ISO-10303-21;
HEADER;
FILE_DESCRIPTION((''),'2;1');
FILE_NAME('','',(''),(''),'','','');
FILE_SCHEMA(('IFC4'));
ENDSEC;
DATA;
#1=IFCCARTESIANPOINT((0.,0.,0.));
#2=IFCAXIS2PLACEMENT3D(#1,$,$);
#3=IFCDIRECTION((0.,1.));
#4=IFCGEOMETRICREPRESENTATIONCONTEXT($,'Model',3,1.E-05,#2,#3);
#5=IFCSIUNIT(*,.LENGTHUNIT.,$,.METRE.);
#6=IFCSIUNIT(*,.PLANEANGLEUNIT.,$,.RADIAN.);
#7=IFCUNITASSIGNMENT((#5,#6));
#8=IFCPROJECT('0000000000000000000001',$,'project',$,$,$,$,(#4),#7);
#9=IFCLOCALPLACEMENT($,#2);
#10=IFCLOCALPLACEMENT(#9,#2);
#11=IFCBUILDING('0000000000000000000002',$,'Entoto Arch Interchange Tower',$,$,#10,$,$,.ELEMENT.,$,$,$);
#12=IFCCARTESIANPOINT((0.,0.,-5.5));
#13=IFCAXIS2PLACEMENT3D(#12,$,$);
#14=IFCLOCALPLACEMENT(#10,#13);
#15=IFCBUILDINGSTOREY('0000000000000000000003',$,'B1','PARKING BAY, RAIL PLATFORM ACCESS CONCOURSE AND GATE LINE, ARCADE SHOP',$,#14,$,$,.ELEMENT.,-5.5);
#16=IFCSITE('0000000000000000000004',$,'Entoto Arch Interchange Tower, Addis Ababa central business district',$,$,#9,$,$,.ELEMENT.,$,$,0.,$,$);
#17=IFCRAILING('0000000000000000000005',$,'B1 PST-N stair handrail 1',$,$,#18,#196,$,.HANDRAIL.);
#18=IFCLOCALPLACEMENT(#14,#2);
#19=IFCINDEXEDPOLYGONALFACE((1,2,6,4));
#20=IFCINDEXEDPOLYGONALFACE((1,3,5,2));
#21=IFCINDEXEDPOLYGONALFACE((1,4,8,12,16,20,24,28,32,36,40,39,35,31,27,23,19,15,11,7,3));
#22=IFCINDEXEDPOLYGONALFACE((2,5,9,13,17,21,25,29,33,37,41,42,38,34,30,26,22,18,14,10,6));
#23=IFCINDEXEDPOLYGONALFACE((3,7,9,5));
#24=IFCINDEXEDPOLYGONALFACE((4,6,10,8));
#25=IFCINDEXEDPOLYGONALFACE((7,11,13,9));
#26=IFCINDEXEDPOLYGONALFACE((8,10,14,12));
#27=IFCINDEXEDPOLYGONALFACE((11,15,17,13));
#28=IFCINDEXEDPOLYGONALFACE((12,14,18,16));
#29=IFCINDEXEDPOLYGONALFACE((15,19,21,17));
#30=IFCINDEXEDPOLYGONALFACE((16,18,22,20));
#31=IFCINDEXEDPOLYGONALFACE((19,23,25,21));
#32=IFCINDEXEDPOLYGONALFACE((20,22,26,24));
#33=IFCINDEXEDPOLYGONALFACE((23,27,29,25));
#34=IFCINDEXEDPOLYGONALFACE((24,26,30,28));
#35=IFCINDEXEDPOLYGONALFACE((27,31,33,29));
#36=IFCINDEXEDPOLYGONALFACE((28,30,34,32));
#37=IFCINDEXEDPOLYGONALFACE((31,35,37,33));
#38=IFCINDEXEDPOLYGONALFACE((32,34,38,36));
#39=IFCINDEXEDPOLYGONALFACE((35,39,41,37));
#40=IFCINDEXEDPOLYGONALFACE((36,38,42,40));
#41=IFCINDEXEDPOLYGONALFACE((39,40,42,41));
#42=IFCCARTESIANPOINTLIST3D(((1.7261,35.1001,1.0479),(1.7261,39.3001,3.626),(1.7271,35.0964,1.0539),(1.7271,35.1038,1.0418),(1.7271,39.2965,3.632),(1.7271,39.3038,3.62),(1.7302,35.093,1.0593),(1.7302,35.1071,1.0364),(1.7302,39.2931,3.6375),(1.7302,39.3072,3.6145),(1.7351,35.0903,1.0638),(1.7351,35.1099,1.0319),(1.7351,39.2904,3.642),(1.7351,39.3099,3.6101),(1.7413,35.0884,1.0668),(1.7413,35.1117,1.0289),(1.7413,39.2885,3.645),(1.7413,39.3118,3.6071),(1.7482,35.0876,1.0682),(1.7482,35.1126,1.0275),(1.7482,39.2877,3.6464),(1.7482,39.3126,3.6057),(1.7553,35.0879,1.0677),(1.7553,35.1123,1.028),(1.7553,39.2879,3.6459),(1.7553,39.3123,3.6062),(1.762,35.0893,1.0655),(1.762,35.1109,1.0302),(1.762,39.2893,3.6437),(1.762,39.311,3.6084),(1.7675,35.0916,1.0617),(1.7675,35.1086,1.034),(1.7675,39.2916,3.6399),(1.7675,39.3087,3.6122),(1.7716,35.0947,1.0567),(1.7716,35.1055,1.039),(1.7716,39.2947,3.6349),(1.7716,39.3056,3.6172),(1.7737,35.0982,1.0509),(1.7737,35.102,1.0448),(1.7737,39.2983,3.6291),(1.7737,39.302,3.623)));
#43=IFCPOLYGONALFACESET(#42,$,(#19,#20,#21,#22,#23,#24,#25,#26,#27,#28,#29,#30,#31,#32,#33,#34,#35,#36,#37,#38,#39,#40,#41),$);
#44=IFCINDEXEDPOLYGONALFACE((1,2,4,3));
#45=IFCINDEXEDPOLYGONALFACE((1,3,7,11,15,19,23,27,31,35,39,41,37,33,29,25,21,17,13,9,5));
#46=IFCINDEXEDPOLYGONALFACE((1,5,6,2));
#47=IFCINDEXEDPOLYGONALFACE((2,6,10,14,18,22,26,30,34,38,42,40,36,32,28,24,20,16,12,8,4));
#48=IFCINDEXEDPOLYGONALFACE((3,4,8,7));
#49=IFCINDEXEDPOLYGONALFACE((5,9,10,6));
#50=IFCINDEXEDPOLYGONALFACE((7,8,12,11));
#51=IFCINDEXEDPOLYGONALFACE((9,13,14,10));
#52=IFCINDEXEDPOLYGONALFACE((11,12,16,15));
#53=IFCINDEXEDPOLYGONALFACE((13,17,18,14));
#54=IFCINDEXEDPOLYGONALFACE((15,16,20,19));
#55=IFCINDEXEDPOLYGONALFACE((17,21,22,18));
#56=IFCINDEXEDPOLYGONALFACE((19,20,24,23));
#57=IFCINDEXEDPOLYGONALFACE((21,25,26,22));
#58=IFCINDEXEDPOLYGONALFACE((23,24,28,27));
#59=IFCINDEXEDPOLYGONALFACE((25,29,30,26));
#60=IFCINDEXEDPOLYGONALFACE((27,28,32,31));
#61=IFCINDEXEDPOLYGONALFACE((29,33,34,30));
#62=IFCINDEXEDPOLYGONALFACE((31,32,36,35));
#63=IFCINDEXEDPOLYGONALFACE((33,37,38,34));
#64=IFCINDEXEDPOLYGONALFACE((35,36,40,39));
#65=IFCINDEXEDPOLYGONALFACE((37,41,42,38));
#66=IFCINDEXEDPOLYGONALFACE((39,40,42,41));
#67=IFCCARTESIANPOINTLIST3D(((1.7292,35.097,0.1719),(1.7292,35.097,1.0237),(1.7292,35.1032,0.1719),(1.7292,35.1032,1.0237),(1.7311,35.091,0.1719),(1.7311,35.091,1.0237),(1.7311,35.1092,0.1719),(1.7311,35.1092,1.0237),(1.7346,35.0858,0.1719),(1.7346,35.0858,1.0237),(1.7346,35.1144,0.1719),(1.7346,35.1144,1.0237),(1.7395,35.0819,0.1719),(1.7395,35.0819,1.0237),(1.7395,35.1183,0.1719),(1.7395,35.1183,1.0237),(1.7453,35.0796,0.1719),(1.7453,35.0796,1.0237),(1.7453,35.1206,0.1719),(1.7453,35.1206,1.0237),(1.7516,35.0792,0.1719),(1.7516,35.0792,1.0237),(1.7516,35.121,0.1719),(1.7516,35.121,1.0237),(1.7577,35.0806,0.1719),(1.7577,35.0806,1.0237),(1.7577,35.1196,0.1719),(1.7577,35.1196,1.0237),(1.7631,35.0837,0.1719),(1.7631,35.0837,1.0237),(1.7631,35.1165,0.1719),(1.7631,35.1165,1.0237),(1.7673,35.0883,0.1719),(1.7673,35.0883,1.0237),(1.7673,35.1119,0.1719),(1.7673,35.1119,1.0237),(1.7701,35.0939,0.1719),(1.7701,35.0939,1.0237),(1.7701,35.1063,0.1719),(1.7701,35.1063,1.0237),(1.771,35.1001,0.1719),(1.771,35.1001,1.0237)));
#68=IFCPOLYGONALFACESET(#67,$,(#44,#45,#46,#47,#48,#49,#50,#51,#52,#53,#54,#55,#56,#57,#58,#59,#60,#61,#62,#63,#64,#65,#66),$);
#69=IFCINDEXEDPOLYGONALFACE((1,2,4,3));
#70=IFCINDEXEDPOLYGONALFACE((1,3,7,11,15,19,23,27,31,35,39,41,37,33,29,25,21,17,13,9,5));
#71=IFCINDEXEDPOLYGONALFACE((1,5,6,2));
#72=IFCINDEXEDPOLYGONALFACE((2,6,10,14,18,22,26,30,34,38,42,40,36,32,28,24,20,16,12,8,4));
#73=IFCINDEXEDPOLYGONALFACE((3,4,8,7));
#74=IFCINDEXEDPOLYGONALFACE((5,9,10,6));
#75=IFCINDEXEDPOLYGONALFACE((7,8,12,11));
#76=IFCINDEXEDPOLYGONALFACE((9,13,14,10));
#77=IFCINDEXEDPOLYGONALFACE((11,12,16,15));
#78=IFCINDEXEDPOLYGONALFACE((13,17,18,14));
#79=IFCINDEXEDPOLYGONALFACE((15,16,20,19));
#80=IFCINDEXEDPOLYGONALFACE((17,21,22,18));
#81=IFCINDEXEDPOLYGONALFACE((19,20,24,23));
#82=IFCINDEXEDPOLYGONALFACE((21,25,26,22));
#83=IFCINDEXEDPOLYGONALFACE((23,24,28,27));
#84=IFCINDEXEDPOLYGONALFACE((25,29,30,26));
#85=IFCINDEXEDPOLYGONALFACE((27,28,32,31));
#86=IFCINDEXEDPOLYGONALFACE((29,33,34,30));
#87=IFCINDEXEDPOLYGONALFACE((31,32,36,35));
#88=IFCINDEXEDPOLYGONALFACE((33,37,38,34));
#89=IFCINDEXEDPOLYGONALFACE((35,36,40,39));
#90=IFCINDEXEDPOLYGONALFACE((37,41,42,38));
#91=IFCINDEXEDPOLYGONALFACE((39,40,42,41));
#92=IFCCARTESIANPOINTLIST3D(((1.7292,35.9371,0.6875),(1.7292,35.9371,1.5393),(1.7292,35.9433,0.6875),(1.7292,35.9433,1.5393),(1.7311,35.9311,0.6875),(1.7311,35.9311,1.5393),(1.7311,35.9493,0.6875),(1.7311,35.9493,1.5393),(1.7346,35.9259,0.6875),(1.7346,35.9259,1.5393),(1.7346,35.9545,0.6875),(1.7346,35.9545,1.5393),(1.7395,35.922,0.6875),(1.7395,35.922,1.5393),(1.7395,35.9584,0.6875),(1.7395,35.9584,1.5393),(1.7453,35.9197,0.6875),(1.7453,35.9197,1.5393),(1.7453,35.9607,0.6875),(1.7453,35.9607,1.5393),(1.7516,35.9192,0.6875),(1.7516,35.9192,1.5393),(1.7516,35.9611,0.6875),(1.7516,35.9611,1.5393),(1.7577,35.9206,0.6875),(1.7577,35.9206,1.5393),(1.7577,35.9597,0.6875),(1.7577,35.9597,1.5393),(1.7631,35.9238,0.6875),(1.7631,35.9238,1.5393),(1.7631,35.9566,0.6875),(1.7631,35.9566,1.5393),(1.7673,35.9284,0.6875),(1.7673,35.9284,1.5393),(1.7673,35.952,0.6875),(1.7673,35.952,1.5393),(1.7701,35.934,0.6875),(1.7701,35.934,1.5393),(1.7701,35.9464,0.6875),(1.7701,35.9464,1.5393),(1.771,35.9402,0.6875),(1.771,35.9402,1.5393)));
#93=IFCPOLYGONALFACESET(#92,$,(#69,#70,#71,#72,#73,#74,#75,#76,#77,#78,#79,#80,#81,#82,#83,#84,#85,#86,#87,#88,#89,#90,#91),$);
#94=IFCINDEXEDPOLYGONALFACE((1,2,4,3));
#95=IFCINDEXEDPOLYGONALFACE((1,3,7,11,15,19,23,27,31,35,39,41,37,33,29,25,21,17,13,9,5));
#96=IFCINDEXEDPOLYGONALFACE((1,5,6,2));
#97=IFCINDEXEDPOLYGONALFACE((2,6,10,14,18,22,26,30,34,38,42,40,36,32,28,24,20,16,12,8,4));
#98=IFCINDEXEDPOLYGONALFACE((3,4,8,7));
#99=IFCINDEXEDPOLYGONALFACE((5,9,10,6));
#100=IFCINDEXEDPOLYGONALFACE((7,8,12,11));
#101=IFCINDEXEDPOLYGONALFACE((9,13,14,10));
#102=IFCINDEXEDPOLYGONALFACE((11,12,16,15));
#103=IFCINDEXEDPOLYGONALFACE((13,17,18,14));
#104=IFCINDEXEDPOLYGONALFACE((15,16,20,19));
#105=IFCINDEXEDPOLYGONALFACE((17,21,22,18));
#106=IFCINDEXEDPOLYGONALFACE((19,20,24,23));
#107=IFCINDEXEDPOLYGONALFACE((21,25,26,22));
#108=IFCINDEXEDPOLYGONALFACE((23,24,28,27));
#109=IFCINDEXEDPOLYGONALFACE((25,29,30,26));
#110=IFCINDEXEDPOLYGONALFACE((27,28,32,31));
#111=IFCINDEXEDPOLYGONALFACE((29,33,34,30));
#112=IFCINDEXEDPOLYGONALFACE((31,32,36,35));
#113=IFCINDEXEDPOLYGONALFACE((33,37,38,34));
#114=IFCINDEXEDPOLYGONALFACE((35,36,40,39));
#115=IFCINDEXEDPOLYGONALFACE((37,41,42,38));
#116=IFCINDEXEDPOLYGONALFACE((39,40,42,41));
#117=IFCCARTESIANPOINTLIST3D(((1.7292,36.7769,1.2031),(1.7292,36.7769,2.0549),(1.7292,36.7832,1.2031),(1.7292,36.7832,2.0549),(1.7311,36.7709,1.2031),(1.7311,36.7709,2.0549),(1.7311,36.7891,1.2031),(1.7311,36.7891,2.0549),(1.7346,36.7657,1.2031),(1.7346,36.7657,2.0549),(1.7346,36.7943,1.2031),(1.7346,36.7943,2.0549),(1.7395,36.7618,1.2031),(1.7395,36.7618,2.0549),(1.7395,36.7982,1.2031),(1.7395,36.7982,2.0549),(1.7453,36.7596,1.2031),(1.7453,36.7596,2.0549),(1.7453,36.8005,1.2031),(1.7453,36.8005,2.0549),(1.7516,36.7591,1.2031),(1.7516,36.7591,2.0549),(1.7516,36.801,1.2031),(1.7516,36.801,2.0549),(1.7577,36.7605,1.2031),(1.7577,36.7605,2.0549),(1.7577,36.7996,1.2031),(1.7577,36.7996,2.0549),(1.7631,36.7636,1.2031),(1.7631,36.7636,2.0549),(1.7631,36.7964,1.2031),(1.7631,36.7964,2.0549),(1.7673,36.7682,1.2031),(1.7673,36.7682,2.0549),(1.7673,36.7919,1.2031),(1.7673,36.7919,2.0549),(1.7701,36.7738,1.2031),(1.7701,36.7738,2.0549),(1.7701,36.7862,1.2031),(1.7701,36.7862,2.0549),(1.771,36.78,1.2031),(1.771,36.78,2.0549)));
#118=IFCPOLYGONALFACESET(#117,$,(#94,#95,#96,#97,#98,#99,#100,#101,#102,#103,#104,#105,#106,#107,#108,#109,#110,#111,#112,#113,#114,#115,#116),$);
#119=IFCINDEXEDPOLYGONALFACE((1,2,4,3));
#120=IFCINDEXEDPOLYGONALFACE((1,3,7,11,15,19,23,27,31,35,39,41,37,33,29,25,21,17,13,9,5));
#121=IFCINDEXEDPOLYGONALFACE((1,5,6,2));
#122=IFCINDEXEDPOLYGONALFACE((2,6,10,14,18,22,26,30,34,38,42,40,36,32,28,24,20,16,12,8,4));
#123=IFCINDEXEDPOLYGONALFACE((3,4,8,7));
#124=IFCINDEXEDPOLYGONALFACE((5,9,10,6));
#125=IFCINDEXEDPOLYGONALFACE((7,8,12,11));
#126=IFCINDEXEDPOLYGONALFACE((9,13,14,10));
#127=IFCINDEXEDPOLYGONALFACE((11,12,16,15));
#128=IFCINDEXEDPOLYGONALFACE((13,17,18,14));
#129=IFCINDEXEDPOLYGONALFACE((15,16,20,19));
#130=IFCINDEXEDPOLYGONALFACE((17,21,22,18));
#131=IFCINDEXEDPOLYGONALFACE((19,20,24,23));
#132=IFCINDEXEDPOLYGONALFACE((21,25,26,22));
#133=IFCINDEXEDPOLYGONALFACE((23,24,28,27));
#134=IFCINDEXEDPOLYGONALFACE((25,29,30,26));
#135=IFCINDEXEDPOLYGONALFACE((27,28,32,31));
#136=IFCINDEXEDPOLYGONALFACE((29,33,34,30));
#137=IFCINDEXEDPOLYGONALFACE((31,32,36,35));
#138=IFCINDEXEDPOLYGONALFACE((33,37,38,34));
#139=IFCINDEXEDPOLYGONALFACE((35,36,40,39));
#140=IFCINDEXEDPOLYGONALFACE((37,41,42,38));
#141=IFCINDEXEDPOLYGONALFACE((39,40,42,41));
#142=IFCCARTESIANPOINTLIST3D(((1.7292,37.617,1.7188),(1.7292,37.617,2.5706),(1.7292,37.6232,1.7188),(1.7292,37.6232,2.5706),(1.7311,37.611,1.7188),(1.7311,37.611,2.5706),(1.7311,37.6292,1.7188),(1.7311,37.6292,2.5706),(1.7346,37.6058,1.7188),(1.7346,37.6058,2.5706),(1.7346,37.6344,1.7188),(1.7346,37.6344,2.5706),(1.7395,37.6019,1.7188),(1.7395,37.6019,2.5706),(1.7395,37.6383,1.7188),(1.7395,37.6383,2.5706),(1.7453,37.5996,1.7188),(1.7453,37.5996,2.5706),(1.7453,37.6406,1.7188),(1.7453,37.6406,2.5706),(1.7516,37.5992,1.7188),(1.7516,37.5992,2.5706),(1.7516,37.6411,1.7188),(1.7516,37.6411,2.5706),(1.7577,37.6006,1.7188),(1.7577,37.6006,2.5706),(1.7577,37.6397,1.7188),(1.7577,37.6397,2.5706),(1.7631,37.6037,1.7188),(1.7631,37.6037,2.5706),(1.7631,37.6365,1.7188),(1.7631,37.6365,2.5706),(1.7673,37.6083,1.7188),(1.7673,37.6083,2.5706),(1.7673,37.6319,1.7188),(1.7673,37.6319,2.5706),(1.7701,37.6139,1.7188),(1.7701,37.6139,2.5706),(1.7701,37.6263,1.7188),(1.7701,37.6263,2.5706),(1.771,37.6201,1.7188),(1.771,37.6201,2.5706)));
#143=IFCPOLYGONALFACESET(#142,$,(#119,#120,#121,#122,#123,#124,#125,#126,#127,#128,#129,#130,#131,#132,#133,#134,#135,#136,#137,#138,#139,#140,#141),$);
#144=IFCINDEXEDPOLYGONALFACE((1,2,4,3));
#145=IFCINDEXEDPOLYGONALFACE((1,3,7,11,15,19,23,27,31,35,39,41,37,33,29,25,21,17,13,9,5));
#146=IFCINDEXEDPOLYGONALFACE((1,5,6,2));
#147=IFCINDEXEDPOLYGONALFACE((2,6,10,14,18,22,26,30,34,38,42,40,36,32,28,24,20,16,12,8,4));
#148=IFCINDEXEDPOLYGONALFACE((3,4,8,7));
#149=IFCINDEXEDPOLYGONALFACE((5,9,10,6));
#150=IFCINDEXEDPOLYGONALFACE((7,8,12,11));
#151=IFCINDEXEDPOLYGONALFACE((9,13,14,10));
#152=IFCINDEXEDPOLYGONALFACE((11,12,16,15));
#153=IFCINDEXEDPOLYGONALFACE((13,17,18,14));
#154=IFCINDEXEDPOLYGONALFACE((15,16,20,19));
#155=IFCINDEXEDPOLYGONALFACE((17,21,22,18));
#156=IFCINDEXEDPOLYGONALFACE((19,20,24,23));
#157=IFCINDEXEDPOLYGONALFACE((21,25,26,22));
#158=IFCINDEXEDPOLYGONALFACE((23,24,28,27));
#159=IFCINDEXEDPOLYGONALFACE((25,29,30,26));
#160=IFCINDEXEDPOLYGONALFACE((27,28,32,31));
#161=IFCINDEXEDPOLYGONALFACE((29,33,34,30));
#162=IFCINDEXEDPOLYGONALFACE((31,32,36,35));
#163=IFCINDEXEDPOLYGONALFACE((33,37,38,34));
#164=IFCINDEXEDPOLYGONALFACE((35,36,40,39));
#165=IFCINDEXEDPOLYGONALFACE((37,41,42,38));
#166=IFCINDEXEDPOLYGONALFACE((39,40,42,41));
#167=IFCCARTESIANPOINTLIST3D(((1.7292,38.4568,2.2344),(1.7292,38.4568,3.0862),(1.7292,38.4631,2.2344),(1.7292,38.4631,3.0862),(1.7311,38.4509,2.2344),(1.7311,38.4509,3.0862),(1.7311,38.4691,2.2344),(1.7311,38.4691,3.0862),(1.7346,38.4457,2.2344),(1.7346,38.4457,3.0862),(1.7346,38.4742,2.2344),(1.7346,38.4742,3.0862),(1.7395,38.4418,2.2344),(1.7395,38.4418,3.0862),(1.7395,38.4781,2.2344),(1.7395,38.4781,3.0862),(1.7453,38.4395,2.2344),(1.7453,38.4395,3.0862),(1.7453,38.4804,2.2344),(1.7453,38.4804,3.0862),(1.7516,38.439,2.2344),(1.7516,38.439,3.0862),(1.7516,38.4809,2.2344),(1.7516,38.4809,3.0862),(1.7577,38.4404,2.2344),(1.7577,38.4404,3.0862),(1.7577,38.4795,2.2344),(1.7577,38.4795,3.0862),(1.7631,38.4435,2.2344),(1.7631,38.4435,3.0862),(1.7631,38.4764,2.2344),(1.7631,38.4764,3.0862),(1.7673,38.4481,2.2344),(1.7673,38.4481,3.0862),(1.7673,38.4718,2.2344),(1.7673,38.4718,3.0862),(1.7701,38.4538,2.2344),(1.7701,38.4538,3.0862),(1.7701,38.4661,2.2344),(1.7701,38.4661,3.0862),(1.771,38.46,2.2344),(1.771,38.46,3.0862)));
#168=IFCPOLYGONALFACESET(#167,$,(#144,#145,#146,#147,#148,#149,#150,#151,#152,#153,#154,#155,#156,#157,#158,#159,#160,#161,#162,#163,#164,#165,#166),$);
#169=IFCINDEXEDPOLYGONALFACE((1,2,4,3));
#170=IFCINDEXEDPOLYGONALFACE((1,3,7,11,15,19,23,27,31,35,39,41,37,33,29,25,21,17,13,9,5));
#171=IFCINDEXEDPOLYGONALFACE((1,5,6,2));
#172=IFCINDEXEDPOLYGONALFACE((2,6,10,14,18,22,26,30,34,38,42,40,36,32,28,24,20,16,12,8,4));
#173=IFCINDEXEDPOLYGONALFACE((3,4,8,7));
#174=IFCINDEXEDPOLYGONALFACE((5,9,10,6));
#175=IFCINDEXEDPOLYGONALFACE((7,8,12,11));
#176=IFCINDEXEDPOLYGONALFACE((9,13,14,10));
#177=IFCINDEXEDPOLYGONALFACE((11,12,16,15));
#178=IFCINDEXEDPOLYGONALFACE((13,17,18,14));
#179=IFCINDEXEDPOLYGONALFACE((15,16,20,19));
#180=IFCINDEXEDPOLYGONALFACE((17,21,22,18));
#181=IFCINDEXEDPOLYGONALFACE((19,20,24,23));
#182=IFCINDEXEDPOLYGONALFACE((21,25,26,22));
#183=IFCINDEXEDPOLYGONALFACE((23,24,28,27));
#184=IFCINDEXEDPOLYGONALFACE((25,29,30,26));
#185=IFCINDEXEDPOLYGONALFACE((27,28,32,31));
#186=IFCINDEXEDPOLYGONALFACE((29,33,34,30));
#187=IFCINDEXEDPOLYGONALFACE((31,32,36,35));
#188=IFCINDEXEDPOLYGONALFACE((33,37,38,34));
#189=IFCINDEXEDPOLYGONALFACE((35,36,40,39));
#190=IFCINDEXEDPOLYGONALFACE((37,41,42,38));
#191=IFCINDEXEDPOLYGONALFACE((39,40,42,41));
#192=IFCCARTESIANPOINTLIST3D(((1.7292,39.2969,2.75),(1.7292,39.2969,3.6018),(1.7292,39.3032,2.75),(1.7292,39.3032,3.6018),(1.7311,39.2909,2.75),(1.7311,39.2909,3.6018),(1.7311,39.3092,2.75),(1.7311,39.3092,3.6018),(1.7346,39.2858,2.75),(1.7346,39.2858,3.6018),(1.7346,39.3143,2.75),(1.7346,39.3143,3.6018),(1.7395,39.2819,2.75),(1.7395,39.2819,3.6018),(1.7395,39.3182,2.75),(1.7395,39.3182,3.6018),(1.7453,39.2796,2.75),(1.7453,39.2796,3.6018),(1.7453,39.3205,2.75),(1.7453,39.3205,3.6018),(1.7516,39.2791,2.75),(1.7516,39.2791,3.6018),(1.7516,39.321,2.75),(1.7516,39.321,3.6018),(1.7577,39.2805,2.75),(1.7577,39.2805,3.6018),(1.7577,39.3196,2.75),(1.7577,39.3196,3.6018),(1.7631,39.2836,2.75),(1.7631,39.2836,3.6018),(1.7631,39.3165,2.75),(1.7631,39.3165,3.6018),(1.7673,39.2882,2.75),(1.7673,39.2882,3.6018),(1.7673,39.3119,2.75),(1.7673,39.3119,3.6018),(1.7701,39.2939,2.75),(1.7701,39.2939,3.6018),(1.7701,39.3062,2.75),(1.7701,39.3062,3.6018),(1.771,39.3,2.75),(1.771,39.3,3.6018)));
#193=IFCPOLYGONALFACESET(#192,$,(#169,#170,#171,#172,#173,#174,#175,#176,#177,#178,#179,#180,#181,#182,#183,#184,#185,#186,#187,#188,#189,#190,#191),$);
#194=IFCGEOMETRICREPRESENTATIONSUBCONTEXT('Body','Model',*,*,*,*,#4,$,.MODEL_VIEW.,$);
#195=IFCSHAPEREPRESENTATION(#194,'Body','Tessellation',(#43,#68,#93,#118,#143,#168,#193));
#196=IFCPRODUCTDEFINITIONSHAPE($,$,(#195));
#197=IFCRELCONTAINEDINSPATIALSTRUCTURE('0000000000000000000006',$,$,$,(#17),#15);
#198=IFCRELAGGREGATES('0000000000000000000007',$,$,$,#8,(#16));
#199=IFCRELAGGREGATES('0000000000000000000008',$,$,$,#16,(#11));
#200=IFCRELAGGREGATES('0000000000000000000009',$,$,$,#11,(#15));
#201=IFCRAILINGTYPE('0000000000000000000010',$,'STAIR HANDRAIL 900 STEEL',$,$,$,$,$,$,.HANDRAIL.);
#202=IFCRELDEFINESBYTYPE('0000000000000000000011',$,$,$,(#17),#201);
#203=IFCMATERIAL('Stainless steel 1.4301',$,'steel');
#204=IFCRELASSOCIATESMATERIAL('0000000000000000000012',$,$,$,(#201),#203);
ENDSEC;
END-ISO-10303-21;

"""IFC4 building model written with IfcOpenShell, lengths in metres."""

from ifc_helpers import new_model, si_unit, direction, frame, origin, origin_2d, place, context, subcontext, project, spatial, circle, extrude, material, type_object, element, save


model = new_model("IFC4")

# Units and contexts
model_context = context("Model", 3, precision=1e-05, world=origin(), true_north=direction((0.0, 1.0)))
body_context = subcontext(model_context, "Body", "Model", "MODEL_VIEW")
ifc_project = project(units=[si_unit("LENGTHUNIT", "METRE"), si_unit("PLANEANGLEUNIT", "RADIAN")], contexts=[model_context])

# Site, building, storey
site_placement = place(None, origin())
site = spatial("IfcSite", under=ifc_project, at=site_placement, Name="Entoto Arch Interchange Tower, Addis Ababa central business district", CompositionType="ELEMENT", RefElevation=0.0)
building_placement = place(site_placement, origin())
building = spatial("IfcBuilding", under=site, at=building_placement, Name="Entoto Arch Interchange Tower", CompositionType="ELEMENT")
storey_placement = place(building_placement, frame((0.0, 0.0, -5.5)))
storey = spatial("IfcBuildingStorey", under=building, at=storey_placement, Name="B1", Description="PARKING BAY, RAIL PLATFORM ACCESS CONCOURSE AND GATE LINE, ARCADE SHOP", CompositionType="ELEMENT", Elevation=-5.5)

# Railing
ifc_material_1 = material(Name="Stainless steel 1.4301", Category="steel")
railing_type_1 = type_object("IfcRailingType", Name="STAIR HANDRAIL 900 STEEL", PredefinedType="HANDRAIL", material=ifc_material_1)
railing_1_placement = place(storey_placement, frame((1.75, 35.1001, 0.1719)))
element("IfcRailing", 1, at=railing_1_placement, inside=storey, type_object=railing_type_1, Name="B1 PST-N stair handrail 1", PredefinedType="HANDRAIL", context=body_context, shape_type="SweptSolid", body=[
    extrude(circle(Radius=0.0239, at=origin_2d()), frame((0.0, 0.0, 0.876), z_axis=(0.0, 0.852243, 0.523146), x_axis=(-1.0, 0.0, 0.0)), (0.0, 0.0, 1.0), 4.9282),
    extrude(circle(Radius=0.021, at=origin_2d()), origin(), (0.0, 0.0, 1.0), 0.8518),
    extrude(circle(Radius=0.021, at=origin_2d()), frame((0.0, 0.8401, 0.5156)), (0.0, 0.0, 1.0), 0.8518),
    extrude(circle(Radius=0.021, at=origin_2d()), frame((0.0, 1.6799, 1.0312)), (0.0, 0.0, 1.0), 0.8518),
    extrude(circle(Radius=0.021, at=origin_2d()), frame((0.0, 2.52, 1.5469)), (0.0, 0.0, 1.0), 0.8518),
    extrude(circle(Radius=0.021, at=origin_2d()), frame((0.0, 3.3599, 2.0625)), (0.0, 0.0, 1.0), 0.8518),
    extrude(circle(Radius=0.021, at=origin_2d()), frame((0.0, 4.2, 2.5781)), (0.0, 0.0, 1.0), 0.8518),
])

save(model, "model.ifc")
